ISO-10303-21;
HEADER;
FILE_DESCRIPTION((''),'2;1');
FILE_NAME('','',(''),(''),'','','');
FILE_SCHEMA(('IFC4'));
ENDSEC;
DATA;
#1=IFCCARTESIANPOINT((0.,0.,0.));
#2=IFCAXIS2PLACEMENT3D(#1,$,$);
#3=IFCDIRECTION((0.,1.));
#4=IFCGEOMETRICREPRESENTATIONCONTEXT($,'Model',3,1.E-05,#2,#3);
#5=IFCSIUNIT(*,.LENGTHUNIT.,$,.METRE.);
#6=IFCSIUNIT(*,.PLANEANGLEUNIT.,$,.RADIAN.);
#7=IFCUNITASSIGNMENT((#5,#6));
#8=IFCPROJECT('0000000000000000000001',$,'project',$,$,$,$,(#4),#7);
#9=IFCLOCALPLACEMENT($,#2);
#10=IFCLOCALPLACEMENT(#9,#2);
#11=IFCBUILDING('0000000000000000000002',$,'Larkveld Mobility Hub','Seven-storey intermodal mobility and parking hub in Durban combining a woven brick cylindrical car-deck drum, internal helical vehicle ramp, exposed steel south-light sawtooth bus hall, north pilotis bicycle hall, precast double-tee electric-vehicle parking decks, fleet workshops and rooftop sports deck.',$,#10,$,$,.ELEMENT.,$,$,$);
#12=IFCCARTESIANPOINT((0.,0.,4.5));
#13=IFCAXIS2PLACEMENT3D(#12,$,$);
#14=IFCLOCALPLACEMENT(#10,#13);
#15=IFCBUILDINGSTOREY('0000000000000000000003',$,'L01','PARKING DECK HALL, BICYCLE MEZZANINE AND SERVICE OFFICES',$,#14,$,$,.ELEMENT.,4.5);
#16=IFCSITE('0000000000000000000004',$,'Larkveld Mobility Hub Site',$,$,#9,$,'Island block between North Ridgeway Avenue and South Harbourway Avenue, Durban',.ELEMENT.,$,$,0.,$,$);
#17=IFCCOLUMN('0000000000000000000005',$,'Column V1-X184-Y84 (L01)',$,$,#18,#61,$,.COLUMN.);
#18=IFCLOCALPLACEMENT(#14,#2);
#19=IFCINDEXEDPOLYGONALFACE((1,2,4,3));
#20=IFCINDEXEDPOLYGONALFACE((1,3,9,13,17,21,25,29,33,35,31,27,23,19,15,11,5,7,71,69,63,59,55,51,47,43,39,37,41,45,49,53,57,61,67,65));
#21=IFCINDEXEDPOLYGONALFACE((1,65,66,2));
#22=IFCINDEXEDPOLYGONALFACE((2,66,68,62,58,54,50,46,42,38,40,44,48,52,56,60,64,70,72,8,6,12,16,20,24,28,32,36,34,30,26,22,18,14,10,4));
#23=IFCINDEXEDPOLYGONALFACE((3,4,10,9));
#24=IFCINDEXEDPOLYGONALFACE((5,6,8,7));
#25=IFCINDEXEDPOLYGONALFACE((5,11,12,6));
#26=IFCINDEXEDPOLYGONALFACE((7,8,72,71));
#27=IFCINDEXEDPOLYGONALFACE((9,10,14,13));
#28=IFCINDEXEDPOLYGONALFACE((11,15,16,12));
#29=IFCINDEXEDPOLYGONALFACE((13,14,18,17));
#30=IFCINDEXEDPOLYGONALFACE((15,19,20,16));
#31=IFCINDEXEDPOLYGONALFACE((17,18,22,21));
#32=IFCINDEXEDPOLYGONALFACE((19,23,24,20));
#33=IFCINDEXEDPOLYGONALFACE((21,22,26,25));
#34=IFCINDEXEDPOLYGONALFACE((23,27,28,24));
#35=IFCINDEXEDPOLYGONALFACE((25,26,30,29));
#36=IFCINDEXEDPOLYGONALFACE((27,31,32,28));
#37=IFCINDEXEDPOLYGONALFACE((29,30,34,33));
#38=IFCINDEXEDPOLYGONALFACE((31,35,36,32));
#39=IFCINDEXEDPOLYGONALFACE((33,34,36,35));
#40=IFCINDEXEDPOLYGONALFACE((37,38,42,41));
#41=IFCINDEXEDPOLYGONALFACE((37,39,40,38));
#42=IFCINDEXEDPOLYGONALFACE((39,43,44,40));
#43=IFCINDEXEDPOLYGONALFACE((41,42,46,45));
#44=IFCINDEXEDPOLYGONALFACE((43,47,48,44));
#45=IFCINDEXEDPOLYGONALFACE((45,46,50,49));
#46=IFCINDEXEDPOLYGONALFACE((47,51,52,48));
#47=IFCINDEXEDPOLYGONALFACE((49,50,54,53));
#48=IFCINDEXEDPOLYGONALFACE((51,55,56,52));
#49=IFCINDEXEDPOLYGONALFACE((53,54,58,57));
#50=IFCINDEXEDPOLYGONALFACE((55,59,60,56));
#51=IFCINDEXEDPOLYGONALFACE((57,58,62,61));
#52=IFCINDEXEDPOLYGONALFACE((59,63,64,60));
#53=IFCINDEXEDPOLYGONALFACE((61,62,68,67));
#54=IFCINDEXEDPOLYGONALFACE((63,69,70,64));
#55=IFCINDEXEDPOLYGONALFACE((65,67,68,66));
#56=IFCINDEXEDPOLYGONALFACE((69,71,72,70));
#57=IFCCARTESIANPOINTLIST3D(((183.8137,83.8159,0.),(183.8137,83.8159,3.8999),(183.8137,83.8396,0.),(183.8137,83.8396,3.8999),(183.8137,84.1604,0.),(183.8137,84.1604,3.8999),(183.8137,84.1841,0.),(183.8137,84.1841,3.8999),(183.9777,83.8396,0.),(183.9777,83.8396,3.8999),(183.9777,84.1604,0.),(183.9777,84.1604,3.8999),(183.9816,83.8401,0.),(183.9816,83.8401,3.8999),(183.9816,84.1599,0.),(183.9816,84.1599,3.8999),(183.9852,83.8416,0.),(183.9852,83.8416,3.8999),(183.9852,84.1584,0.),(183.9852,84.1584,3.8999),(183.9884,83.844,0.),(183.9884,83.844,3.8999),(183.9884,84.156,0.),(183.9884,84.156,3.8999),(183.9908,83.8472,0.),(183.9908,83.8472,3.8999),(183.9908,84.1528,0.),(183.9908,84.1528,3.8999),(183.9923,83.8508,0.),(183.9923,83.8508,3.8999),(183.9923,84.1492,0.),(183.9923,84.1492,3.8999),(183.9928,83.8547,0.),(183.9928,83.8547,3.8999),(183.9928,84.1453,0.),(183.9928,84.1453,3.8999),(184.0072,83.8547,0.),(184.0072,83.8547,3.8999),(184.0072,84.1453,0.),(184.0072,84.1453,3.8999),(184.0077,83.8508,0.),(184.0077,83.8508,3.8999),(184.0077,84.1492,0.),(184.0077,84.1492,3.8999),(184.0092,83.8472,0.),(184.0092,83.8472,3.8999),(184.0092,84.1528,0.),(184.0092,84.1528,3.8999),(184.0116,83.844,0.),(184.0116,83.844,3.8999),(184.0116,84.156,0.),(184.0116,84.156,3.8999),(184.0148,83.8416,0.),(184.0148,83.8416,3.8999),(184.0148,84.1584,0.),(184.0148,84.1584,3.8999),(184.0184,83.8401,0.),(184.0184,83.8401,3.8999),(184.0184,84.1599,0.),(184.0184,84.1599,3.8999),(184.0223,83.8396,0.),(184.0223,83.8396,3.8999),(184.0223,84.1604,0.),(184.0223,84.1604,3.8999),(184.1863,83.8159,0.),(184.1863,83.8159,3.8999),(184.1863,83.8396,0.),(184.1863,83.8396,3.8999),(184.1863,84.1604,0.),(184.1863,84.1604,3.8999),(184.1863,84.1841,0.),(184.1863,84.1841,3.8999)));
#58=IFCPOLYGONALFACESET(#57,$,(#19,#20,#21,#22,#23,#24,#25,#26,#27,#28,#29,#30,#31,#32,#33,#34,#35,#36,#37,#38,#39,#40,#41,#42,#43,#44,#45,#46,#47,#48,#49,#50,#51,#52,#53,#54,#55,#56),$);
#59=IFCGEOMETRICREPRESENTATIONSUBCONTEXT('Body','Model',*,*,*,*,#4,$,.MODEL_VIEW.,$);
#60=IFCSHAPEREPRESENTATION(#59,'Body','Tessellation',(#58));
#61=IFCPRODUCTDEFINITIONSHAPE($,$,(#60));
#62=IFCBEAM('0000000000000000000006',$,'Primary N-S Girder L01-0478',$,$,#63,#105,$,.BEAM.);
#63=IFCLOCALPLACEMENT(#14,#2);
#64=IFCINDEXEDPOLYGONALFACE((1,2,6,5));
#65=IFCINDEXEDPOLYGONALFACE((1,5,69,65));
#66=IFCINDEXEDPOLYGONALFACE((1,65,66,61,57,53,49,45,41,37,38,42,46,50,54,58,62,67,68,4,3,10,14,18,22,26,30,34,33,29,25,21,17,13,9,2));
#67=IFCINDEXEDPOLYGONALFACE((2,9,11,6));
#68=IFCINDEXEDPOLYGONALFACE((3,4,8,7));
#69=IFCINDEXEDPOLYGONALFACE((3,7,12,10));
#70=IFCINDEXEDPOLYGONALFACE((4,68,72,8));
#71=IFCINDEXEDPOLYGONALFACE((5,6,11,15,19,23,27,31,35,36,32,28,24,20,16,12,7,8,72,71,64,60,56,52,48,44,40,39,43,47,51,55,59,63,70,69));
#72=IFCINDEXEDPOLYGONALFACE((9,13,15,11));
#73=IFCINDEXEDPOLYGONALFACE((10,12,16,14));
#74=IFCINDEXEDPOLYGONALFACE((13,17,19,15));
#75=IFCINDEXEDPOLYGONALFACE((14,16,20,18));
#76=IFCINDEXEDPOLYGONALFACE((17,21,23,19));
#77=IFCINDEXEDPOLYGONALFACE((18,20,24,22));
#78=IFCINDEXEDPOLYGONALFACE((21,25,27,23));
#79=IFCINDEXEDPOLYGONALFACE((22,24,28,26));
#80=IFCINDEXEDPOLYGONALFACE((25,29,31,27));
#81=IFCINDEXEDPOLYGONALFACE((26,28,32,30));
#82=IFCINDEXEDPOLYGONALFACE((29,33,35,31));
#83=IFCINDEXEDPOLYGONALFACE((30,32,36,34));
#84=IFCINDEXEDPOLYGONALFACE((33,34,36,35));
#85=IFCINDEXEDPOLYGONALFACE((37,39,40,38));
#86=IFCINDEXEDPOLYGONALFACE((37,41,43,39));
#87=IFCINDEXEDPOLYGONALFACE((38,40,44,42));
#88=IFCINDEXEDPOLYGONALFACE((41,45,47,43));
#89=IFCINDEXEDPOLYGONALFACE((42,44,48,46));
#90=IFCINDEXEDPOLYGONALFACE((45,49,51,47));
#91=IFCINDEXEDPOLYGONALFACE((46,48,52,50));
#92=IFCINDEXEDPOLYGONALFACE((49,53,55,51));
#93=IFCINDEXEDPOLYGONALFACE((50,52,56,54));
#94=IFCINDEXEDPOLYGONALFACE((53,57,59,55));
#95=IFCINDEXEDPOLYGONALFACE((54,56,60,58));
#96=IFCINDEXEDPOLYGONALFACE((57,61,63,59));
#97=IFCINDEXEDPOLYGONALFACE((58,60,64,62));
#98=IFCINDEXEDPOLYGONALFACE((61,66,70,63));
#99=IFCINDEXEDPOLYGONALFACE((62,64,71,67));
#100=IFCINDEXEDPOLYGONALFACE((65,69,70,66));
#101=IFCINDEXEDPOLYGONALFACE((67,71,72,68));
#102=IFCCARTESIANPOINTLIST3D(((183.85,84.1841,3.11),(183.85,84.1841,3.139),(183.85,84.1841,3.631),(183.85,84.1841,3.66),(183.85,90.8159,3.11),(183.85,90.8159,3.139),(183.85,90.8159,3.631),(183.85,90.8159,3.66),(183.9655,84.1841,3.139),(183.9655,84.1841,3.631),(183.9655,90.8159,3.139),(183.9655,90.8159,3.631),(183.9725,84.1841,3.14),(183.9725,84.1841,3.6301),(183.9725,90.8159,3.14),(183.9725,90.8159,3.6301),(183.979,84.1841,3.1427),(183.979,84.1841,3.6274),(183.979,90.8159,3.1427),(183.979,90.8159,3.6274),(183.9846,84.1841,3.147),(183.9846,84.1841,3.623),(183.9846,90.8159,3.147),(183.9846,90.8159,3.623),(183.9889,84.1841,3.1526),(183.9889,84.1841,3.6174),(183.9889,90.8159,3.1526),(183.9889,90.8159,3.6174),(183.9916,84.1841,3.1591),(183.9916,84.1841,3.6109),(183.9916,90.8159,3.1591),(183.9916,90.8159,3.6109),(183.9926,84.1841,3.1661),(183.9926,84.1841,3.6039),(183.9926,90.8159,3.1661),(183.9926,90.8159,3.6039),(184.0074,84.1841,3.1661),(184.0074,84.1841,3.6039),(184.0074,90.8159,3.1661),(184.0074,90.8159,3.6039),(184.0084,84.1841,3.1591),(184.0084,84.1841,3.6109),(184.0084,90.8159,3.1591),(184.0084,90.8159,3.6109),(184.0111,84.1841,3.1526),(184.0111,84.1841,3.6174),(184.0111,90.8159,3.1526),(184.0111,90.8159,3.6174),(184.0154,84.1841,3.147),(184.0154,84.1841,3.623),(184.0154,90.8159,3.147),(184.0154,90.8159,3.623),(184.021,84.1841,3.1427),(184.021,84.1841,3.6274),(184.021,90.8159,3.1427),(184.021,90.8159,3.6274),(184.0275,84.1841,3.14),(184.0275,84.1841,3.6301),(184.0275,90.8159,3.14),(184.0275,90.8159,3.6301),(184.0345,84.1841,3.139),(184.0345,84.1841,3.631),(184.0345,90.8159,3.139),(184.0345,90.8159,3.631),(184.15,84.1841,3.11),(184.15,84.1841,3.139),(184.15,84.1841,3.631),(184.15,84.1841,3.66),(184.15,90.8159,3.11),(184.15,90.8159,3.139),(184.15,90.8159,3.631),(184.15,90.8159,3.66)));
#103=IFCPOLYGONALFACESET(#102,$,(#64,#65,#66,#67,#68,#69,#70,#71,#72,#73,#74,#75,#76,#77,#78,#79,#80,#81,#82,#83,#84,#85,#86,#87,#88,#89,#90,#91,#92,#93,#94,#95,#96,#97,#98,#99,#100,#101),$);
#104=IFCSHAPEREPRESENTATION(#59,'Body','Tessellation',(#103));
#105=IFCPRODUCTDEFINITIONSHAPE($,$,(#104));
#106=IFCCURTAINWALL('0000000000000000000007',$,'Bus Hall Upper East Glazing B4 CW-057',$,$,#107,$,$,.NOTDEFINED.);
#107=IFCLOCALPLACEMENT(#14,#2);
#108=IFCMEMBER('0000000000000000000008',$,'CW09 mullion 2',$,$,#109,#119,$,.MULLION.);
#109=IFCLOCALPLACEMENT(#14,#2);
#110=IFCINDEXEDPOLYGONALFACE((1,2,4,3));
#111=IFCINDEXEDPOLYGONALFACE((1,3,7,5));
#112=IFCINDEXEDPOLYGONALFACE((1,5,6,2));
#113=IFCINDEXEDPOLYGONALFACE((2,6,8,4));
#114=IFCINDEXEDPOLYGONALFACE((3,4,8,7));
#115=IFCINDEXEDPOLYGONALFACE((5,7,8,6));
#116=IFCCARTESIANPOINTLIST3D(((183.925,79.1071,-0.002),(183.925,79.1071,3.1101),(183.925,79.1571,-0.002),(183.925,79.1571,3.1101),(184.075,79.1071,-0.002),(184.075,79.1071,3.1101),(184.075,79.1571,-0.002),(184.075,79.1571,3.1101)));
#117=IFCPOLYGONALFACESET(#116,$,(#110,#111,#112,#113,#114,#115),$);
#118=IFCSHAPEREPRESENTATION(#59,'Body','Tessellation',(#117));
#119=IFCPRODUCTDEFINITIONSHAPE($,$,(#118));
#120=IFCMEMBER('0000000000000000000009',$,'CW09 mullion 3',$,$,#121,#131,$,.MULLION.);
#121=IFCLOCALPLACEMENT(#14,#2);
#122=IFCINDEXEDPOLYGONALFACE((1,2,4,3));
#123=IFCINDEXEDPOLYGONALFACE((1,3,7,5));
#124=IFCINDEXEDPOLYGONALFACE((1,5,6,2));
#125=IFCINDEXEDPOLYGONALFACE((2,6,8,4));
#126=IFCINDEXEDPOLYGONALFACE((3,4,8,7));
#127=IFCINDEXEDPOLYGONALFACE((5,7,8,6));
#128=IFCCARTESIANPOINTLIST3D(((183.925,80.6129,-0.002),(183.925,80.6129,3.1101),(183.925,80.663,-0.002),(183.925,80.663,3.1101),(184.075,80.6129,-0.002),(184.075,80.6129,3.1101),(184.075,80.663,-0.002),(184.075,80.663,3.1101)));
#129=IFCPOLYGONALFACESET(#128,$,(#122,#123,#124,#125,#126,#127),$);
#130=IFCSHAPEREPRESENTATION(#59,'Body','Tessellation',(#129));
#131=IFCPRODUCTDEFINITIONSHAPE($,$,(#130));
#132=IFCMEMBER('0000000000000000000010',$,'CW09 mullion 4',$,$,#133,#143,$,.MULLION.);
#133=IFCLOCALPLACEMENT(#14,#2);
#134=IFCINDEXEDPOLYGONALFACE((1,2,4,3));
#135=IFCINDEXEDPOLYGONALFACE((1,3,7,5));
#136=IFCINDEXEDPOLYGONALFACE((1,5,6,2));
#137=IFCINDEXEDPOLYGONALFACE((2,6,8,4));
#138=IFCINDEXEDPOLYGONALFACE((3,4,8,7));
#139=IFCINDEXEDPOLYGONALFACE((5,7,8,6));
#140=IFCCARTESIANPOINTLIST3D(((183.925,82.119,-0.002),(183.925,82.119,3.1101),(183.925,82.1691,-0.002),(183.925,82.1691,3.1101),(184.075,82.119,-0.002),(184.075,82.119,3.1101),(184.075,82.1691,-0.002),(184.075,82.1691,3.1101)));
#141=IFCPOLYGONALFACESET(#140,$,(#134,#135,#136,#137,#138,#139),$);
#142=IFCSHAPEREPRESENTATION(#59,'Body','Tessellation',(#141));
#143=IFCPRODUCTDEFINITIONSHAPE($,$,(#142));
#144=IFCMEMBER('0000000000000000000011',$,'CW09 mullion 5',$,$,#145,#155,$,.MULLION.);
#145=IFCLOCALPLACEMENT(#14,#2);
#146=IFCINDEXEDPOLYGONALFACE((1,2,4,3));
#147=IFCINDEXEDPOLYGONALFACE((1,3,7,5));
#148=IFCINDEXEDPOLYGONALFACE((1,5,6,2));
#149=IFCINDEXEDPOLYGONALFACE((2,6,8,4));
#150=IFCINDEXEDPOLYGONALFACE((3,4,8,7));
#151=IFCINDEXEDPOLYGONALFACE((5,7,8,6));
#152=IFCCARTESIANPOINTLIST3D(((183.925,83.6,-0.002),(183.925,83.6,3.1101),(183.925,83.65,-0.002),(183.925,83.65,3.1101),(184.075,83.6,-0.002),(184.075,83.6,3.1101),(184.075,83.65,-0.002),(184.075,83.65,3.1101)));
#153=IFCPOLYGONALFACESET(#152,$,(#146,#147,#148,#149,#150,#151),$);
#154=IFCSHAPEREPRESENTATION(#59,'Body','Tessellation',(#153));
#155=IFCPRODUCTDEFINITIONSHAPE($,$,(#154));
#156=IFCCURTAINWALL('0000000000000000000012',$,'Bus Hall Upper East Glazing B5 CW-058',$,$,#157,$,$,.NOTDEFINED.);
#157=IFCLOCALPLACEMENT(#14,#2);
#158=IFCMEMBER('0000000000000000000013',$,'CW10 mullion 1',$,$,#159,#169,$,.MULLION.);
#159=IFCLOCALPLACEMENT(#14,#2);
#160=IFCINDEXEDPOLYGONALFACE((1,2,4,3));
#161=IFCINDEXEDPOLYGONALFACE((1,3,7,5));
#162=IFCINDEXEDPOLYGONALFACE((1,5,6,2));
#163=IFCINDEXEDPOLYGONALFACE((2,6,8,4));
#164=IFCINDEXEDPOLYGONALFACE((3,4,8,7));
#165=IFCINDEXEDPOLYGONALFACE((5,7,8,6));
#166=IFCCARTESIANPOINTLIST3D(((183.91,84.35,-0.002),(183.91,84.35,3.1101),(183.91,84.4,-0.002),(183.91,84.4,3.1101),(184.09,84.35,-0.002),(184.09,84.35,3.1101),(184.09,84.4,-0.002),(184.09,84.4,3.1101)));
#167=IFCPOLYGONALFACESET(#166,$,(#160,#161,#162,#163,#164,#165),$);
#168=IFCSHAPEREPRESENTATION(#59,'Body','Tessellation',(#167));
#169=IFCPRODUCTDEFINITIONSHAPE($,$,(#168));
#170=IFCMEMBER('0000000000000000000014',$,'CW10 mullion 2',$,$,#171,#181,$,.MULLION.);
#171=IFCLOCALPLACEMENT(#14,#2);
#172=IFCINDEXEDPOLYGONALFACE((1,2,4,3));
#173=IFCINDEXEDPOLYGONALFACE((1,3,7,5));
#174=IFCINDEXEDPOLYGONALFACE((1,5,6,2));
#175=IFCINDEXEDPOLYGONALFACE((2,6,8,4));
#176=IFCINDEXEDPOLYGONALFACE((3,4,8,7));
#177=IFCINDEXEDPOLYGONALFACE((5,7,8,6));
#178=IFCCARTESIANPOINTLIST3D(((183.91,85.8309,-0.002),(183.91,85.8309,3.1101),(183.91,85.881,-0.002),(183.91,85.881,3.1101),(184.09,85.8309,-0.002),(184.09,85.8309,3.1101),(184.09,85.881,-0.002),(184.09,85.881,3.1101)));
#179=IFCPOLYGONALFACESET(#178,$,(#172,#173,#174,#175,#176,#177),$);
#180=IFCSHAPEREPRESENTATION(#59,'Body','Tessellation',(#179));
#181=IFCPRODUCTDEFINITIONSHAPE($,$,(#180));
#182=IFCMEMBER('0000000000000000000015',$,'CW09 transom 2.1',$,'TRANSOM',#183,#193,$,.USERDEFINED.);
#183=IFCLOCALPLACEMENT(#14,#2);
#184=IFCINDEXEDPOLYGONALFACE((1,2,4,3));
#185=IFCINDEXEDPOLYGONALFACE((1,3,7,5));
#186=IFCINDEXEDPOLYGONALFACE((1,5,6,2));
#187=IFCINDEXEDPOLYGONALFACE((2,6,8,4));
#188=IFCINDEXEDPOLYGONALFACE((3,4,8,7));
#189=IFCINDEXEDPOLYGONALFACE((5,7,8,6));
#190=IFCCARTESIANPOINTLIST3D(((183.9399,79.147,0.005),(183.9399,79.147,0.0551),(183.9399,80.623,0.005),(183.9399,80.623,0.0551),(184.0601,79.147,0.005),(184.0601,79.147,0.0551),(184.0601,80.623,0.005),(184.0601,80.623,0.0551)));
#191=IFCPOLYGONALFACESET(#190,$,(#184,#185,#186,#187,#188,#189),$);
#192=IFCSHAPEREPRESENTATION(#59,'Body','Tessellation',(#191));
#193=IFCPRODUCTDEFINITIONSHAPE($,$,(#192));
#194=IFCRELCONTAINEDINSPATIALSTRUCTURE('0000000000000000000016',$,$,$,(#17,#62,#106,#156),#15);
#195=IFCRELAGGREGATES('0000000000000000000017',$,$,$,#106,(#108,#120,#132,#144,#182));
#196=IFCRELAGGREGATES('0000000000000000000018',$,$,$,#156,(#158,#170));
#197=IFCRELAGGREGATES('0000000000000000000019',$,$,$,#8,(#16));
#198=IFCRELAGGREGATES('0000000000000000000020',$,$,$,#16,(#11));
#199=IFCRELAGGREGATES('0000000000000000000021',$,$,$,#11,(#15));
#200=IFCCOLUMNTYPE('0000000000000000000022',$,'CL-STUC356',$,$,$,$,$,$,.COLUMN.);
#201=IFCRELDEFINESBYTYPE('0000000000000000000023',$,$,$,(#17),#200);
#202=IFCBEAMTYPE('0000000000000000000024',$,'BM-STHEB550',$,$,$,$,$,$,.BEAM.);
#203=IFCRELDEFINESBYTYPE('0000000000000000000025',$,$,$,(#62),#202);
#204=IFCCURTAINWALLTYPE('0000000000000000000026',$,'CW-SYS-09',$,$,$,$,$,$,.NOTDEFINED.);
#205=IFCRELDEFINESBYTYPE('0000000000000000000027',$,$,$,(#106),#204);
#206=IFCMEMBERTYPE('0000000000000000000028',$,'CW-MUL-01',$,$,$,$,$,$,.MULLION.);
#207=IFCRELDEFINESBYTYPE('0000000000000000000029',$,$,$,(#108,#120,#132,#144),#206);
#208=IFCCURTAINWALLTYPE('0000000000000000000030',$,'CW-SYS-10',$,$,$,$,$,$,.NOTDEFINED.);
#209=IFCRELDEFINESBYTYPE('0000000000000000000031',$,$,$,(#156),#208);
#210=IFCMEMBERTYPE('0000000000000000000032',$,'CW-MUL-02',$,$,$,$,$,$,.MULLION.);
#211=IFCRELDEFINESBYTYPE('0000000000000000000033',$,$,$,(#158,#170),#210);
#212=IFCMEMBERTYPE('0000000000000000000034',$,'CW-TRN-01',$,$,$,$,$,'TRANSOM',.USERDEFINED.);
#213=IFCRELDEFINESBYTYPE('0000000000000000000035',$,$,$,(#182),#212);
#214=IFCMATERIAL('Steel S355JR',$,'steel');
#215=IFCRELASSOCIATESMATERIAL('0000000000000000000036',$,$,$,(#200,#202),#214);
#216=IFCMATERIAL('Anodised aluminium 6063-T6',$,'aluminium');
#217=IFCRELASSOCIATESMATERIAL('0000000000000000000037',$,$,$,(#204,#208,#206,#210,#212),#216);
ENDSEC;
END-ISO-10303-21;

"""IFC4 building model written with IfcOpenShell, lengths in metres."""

from ifc_helpers import new_model, si_unit, direction, frame, origin, origin_2d, place, context, subcontext, project, spatial, rectangle, i_section, extrude, material, material_profile, profile_set, type_object, element, aggregate, save


model = new_model("IFC4")

# Units and contexts
model_context = context("Model", 3, precision=1e-05, world=origin(), true_north=direction((0.0, 1.0)))
body_context = subcontext(model_context, "Body", "Model", "MODEL_VIEW")
ifc_project = project(units=[si_unit("LENGTHUNIT", "METRE"), si_unit("PLANEANGLEUNIT", "RADIAN")], contexts=[model_context])

# Site, building, storey
site_placement = place(None, origin())
site = spatial("IfcSite", under=ifc_project, at=site_placement, Name="Larkveld Mobility Hub Site", LongName="Island block between North Ridgeway Avenue and South Harbourway Avenue, Durban", CompositionType="ELEMENT", RefElevation=0.0)
building_placement = place(site_placement, origin())
building = spatial("IfcBuilding", under=site, at=building_placement, Name="Larkveld Mobility Hub", Description="Seven-storey intermodal mobility and parking hub in Durban combining a woven brick cylindrical car-deck drum, internal helical vehicle ramp, exposed steel south-light sawtooth bus hall, north pilotis bicycle hall, precast double-tee electric-vehicle parking decks, fleet workshops and rooftop sports deck.", CompositionType="ELEMENT")
storey_placement = place(building_placement, frame((0.0, 0.0, 4.5)))
storey = spatial("IfcBuildingStorey", under=building, at=storey_placement, Name="L01", Description="PARKING DECK HALL, BICYCLE MEZZANINE AND SERVICE OFFICES", CompositionType="ELEMENT", Elevation=4.5)

# Column
ifc_material_1 = material(Name="Steel S355JR", Category="steel")
ifc_material_profile_1 = material_profile(ifc_material_1, i_section(OverallWidth=0.3726, OverallDepth=0.3682, WebThickness=0.0144, FlangeThickness=0.0237, FilletRadius=0.0151, at=origin_2d()), Name="UC 356x368x177")
ifc_profile_set_1 = profile_set([ifc_material_profile_1], Name="Steel S355JR")
column_type = type_object("IfcColumnType", Name="CL-STUC356", PredefinedType="COLUMN", material=ifc_profile_set_1)
column_placement = place(storey_placement, frame((184.0, 84.0, 0.0), z_axis=(0.0, 0.0, 1.0), x_axis=(1.0, 0.0, 0.0)))
element("IfcColumn", 1, at=column_placement, inside=storey, type_object=column_type, Name="Column V1-X184-Y84 (L01)", PredefinedType="COLUMN", context=body_context, shape_type="SweptSolid", body=[
    extrude(i_section(OverallWidth=0.3726, OverallDepth=0.3682, WebThickness=0.0144, FlangeThickness=0.0237, FilletRadius=0.0151, at=origin_2d()), origin(), (0.0, 0.0, 1.0), 3.8999),
])

# Beam
ifc_material_profile_2 = material_profile(ifc_material_1, i_section(OverallWidth=0.3, OverallDepth=0.55, WebThickness=0.0149, FlangeThickness=0.0291, FilletRadius=0.0271, at=origin_2d()), Name="HEB 550")
ifc_profile_set_2 = profile_set([ifc_material_profile_2], Name="Steel S355JR")
beam_type = type_object("IfcBeamType", Name="BM-STHEB550", PredefinedType="BEAM", material=ifc_profile_set_2)
beam_placement = place(storey_placement, frame((184.0, 84.1841, 3.385), z_axis=(0.0, 1.0, 0.0), x_axis=(-1.0, 0.0, 0.0)))
element("IfcBeam", 2, at=beam_placement, inside=storey, type_object=beam_type, Name="Primary N-S Girder L01-0478", PredefinedType="BEAM", context=body_context, shape_type="SweptSolid", body=[
    extrude(i_section(OverallWidth=0.3, OverallDepth=0.55, WebThickness=0.0149, FlangeThickness=0.0291, FilletRadius=0.0271, at=origin_2d()), origin(), (0.0, 0.0, 1.0), 6.6318),
])

# Curtain walls, members
ifc_material_2 = material(Name="Anodised aluminium 6063-T6", Category="aluminium")
curtain_wall_type_1 = type_object("IfcCurtainWallType", Name="CW-SYS-09", PredefinedType="NOTDEFINED", material=ifc_material_2)
curtain_wall_1_placement = place(storey_placement, origin())
curtain_wall_1 = element("IfcCurtainWall", 3, at=curtain_wall_1_placement, inside=storey, type_object=curtain_wall_type_1, Name="Bus Hall Upper East Glazing B4 CW-057", PredefinedType="NOTDEFINED")
ifc_material_profile_3 = material_profile(ifc_material_2, rectangle(XDim=0.05, YDim=0.1499, at=origin_2d()), Name="ALU MULL 50x150")
ifc_profile_set_3 = profile_set([ifc_material_profile_3], Name="Anodised aluminium 6063-T6")
member_type_1 = type_object("IfcMemberType", Name="CW-MUL-01", PredefinedType="MULLION", material=ifc_profile_set_3)
member_1_placement = place(storey_placement, frame((184.0, 79.1321, -0.002), z_axis=(0.0, 0.0, 1.0), x_axis=(0.0, 1.0, 0.0)))
member_1 = element("IfcMember", 4, at=member_1_placement, type_object=member_type_1, Name="CW09 mullion 2", PredefinedType="MULLION", context=body_context, shape_type="SweptSolid", body=[
    extrude(rectangle(XDim=0.05, YDim=0.1499, at=origin_2d()), origin(), (0.0, 0.0, 1.0), 3.1121),
])
member_2_placement = place(storey_placement, frame((184.0, 80.6379, -0.002), z_axis=(0.0, 0.0, 1.0), x_axis=(0.0, 1.0, 0.0)))
member_2 = element("IfcMember", 5, at=member_2_placement, type_object=member_type_1, Name="CW09 mullion 3", PredefinedType="MULLION", context=body_context, shape_type="SweptSolid", body=[
    extrude(rectangle(XDim=0.05, YDim=0.1499, at=origin_2d()), origin(), (0.0, 0.0, 1.0), 3.1121),
])
member_3_placement = place(storey_placement, frame((184.0, 82.144, -0.002), z_axis=(0.0, 0.0, 1.0), x_axis=(0.0, 1.0, 0.0)))
member_3 = element("IfcMember", 6, at=member_3_placement, type_object=member_type_1, Name="CW09 mullion 4", PredefinedType="MULLION", context=body_context, shape_type="SweptSolid", body=[
    extrude(rectangle(XDim=0.05, YDim=0.1499, at=origin_2d()), origin(), (0.0, 0.0, 1.0), 3.1121),
])
member_4_placement = place(storey_placement, frame((184.0, 83.625, -0.002), z_axis=(0.0, 0.0, 1.0), x_axis=(0.0, 1.0, 0.0)))
member_4 = element("IfcMember", 7, at=member_4_placement, type_object=member_type_1, Name="CW09 mullion 5", PredefinedType="MULLION", context=body_context, shape_type="SweptSolid", body=[
    extrude(rectangle(XDim=0.05, YDim=0.1499, at=origin_2d()), origin(), (0.0, 0.0, 1.0), 3.1121),
])
curtain_wall_type_2 = type_object("IfcCurtainWallType", Name="CW-SYS-10", PredefinedType="NOTDEFINED", material=ifc_material_2)
curtain_wall_2_placement = place(storey_placement, origin())
curtain_wall_2 = element("IfcCurtainWall", 8, at=curtain_wall_2_placement, inside=storey, type_object=curtain_wall_type_2, Name="Bus Hall Upper East Glazing B5 CW-058", PredefinedType="NOTDEFINED")
ifc_material_profile_4 = material_profile(ifc_material_2, rectangle(XDim=0.05, YDim=0.1799, at=origin_2d()), Name="ALU MULL 50x180")
ifc_profile_set_4 = profile_set([ifc_material_profile_4], Name="Anodised aluminium 6063-T6")
member_type_2 = type_object("IfcMemberType", Name="CW-MUL-02", PredefinedType="MULLION", material=ifc_profile_set_4)
member_5_placement = place(storey_placement, frame((184.0, 84.375, -0.002), z_axis=(0.0, 0.0, 1.0), x_axis=(0.0, 1.0, 0.0)))
member_5 = element("IfcMember", 9, at=member_5_placement, type_object=member_type_2, Name="CW10 mullion 1", PredefinedType="MULLION", context=body_context, shape_type="SweptSolid", body=[
    extrude(rectangle(XDim=0.05, YDim=0.1799, at=origin_2d()), origin(), (0.0, 0.0, 1.0), 3.1121),
])
member_6_placement = place(storey_placement, frame((184.0, 85.856, -0.002), z_axis=(0.0, 0.0, 1.0), x_axis=(0.0, 1.0, 0.0)))
member_6 = element("IfcMember", 10, at=member_6_placement, type_object=member_type_2, Name="CW10 mullion 2", PredefinedType="MULLION", context=body_context, shape_type="SweptSolid", body=[
    extrude(rectangle(XDim=0.05, YDim=0.1799, at=origin_2d()), origin(), (0.0, 0.0, 1.0), 3.1121),
])

# Member
ifc_material_profile_5 = material_profile(ifc_material_2, rectangle(XDim=0.1201, YDim=0.05, at=origin_2d()), Name="ALU TRAN 50x120")
ifc_profile_set_5 = profile_set([ifc_material_profile_5], Name="Anodised aluminium 6063-T6")
member_type_3 = type_object("IfcMemberType", Name="CW-TRN-01", ElementType="TRANSOM", PredefinedType="USERDEFINED", material=ifc_profile_set_5)
member_7_placement = place(storey_placement, frame((184.0, 79.147, 0.03), z_axis=(0.0, 1.0, 0.0), x_axis=(-1.0, 0.0, 0.0)))
member_7 = element("IfcMember", 11, at=member_7_placement, type_object=member_type_3, Name="CW09 transom 2.1", ObjectType="TRANSOM", PredefinedType="USERDEFINED", context=body_context, shape_type="SweptSolid", body=[
    extrude(rectangle(XDim=0.1201, YDim=0.05, at=origin_2d()), origin(), (0.0, 0.0, 1.0), 1.4761),
])

aggregate(curtain_wall_1, [member_1, member_2, member_3, member_4, member_7])
aggregate(curtain_wall_2, [member_5, member_6])

save(model, "model.ifc")
